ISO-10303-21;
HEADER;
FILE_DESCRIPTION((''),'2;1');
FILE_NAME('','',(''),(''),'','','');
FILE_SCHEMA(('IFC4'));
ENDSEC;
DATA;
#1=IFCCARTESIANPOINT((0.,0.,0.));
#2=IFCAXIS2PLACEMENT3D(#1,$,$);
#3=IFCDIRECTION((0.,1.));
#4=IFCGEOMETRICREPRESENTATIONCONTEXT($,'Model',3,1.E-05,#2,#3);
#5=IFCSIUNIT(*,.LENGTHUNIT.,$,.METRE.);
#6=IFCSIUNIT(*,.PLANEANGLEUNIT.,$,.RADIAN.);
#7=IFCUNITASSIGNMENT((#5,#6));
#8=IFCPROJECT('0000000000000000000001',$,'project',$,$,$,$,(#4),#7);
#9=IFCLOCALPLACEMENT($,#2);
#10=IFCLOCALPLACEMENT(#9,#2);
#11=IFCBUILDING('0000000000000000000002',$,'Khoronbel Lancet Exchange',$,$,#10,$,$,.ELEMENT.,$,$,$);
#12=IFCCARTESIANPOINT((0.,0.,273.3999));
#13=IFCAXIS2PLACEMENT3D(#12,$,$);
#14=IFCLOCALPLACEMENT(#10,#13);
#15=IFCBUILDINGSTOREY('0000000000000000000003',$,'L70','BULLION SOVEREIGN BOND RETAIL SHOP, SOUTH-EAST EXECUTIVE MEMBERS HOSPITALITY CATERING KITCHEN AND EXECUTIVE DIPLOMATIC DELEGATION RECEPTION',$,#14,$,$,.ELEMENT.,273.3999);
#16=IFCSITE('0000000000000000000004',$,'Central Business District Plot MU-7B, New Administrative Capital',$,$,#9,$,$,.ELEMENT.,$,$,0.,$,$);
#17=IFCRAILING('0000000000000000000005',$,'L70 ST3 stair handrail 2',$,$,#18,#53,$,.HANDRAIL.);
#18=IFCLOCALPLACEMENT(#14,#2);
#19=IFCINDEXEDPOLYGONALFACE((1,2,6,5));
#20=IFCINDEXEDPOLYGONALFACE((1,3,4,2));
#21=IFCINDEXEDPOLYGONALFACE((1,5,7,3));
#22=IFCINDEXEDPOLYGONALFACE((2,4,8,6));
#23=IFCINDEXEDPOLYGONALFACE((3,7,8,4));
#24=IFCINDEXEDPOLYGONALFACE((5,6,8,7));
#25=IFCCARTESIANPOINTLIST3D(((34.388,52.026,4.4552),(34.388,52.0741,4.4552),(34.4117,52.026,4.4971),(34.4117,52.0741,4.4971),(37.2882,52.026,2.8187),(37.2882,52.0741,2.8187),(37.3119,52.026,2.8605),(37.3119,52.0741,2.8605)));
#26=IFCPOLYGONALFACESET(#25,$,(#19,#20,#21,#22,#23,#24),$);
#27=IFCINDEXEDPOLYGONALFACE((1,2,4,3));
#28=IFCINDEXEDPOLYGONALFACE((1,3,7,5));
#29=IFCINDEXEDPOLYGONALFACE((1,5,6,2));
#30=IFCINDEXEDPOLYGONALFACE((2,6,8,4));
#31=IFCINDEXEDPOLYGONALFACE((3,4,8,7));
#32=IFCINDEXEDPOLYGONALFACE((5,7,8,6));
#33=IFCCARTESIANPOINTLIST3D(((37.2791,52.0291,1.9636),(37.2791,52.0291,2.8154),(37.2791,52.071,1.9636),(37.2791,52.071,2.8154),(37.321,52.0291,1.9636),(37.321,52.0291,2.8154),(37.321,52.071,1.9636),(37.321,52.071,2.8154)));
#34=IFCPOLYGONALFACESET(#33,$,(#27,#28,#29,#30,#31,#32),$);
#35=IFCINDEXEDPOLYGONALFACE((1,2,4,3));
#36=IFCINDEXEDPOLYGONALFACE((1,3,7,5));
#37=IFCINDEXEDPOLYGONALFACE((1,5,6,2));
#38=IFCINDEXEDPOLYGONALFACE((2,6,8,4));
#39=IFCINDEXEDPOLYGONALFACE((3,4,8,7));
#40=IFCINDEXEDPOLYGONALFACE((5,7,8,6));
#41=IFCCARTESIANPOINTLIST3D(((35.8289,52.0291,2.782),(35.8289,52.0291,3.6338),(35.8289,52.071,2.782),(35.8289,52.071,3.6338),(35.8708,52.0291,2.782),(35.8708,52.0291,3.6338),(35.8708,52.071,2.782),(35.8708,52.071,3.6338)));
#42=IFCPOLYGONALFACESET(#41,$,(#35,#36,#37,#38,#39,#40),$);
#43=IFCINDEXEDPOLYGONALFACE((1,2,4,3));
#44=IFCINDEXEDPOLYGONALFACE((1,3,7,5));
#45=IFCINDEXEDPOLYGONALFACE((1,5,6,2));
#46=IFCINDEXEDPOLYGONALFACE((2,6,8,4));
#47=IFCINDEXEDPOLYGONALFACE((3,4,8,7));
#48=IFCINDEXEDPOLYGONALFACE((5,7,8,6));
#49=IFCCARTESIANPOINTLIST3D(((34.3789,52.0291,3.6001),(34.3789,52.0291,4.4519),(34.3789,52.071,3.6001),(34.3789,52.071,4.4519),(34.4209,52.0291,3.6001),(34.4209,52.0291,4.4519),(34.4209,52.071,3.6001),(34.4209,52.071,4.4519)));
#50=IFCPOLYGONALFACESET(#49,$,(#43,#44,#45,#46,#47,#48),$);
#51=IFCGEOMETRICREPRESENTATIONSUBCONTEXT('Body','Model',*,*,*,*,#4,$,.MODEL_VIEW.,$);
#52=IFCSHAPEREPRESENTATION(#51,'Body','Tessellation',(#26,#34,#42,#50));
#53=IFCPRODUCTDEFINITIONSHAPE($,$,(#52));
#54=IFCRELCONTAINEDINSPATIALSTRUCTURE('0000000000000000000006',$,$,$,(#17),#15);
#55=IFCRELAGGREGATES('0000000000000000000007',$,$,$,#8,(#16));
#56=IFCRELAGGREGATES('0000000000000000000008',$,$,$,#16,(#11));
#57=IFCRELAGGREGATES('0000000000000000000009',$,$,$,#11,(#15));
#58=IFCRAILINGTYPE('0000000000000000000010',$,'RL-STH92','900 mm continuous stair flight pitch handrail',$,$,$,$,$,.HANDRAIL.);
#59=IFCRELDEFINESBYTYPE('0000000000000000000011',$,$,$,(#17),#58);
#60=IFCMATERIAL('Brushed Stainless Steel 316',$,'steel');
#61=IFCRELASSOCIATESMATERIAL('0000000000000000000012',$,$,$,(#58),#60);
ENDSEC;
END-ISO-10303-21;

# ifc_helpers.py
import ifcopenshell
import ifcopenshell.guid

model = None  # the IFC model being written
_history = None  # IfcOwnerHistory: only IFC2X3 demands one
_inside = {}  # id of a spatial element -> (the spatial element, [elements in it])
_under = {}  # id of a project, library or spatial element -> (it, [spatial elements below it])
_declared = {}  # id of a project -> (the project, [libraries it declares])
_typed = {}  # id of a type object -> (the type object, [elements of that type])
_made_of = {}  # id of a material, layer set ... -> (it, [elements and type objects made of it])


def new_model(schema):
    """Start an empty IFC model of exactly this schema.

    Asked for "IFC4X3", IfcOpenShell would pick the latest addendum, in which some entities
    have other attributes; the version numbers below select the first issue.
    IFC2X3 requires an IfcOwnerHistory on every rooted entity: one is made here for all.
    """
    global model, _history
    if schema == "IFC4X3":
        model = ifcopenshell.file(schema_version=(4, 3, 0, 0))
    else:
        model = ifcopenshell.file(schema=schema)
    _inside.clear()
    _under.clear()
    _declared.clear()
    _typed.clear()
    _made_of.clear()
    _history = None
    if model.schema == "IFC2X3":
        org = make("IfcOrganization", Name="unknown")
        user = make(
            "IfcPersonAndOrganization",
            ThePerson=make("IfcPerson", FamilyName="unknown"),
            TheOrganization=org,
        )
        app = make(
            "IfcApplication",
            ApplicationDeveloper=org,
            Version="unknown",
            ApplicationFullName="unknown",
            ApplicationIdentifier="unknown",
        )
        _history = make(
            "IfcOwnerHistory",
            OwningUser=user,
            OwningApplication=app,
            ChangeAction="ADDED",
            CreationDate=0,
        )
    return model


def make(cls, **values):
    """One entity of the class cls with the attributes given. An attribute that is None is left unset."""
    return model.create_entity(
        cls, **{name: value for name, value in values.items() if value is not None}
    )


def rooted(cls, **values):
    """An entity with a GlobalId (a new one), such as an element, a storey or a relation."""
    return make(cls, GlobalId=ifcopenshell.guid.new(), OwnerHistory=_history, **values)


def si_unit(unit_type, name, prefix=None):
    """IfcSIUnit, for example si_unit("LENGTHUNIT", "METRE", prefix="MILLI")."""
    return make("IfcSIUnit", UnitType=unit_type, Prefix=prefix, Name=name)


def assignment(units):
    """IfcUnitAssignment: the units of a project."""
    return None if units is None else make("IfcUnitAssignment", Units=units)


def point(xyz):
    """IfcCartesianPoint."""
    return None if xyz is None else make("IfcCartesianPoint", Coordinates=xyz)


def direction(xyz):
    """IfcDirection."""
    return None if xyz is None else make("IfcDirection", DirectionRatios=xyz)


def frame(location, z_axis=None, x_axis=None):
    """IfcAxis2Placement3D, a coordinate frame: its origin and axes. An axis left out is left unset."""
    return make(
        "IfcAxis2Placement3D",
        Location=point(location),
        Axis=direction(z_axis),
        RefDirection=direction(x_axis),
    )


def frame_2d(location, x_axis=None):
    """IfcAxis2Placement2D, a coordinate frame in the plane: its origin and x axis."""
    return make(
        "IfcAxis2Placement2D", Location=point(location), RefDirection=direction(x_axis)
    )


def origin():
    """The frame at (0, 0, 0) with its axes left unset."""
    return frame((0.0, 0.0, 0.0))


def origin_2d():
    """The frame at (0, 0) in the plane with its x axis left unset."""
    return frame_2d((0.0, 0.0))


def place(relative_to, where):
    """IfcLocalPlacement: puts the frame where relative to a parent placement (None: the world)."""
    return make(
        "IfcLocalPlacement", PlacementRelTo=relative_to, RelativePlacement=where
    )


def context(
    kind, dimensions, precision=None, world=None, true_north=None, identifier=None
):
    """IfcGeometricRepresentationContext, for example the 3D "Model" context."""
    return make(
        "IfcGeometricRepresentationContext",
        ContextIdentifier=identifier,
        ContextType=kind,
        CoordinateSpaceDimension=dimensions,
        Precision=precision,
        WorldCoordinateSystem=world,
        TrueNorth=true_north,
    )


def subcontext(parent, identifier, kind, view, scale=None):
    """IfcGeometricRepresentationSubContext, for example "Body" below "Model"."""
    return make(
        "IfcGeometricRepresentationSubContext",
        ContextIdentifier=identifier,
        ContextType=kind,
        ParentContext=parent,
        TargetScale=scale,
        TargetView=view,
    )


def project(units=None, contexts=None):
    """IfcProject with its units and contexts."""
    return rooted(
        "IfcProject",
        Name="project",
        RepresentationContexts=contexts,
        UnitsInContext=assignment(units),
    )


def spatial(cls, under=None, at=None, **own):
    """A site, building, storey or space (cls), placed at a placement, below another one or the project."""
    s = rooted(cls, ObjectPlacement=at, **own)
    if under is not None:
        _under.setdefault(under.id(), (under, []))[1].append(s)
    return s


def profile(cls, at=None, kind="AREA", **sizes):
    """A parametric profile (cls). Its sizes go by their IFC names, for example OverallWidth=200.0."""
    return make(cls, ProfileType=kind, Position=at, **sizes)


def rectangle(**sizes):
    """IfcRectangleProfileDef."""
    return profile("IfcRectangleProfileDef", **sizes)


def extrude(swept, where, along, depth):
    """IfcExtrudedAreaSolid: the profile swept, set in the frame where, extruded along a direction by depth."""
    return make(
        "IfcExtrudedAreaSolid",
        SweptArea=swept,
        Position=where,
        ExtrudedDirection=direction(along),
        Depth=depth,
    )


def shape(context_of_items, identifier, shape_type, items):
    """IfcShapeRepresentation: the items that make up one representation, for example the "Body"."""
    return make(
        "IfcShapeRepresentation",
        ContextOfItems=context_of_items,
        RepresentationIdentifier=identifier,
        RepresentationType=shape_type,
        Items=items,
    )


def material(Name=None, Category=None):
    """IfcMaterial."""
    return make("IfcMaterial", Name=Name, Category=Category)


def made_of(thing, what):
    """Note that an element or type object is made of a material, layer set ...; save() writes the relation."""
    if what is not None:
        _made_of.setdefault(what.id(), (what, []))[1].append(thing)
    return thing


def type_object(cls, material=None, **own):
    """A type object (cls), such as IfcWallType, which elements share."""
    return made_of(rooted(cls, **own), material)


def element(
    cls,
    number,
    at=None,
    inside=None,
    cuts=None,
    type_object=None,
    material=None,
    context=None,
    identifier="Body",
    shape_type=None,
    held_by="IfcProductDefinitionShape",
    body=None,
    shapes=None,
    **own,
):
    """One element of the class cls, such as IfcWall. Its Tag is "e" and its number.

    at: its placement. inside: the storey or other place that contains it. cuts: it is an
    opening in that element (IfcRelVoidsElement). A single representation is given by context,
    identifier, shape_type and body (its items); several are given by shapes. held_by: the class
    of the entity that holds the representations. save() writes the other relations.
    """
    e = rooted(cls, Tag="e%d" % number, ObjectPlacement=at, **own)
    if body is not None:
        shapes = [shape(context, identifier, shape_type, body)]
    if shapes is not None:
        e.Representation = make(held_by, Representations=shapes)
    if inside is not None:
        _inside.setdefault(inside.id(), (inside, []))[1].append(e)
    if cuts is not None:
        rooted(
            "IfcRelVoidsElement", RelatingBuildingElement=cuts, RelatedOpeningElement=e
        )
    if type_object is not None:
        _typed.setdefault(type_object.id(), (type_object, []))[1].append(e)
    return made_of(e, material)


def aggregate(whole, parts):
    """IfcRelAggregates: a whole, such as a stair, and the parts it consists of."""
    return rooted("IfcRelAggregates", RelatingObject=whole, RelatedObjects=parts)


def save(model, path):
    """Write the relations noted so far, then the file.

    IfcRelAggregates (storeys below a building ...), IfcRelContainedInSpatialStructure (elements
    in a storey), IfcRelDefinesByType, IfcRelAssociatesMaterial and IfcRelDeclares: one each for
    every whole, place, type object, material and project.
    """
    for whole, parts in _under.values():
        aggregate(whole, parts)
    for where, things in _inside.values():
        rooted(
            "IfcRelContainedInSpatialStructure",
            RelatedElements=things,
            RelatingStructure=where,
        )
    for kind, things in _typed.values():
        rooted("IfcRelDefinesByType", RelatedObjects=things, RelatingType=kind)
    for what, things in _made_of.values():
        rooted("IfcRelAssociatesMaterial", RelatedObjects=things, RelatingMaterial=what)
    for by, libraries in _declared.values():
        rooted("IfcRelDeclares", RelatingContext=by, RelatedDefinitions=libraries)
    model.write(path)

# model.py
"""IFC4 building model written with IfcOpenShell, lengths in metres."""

from ifc_helpers import new_model, si_unit, direction, frame, origin, origin_2d, place, context, subcontext, project, spatial, rectangle, extrude, material, type_object, element, save


model = new_model("IFC4")

# Units and contexts
model_context = context("Model", 3, precision=1e-05, world=origin(), true_north=direction((0.0, 1.0)))
body_context = subcontext(model_context, "Body", "Model", "MODEL_VIEW")
ifc_project = project(units=[si_unit("LENGTHUNIT", "METRE"), si_unit("PLANEANGLEUNIT", "RADIAN")], contexts=[model_context])

# Site, building, storey
site_placement = place(None, origin())
site = spatial("IfcSite", under=ifc_project, at=site_placement, Name="Central Business District Plot MU-7B, New Administrative Capital", CompositionType="ELEMENT", RefElevation=0.0)
building_placement = place(site_placement, origin())
building = spatial("IfcBuilding", under=site, at=building_placement, Name="Khoronbel Lancet Exchange", CompositionType="ELEMENT")
storey_placement = place(building_placement, frame((0.0, 0.0, 273.3999)))
storey = spatial("IfcBuildingStorey", under=building, at=storey_placement, Name="L70", Description="BULLION SOVEREIGN BOND RETAIL SHOP, SOUTH-EAST EXECUTIVE MEMBERS HOSPITALITY CATERING KITCHEN AND EXECUTIVE DIPLOMATIC DELEGATION RECEPTION", CompositionType="ELEMENT", Elevation=273.3999)

# Railing
ifc_material_1 = material(Name="Brushed Stainless Steel 316", Category="steel")
railing_type_1 = type_object("IfcRailingType", Name="RL-STH92", Description="900 mm continuous stair flight pitch handrail", PredefinedType="HANDRAIL", material=ifc_material_1)
railing_1_placement = place(storey_placement, frame((37.3, 52.05, 1.9636)))
element("IfcRailing", 1, at=railing_1_placement, inside=storey, type_object=railing_type_1, Name="L70 ST3 stair handrail 2", PredefinedType="HANDRAIL", context=body_context, shape_type="SweptSolid", body=[
    extrude(rectangle(XDim=0.0481, YDim=0.0481, at=origin_2d()), frame((0.0, 0.0, 0.876), z_axis=(-0.870915, 0.0, 0.491434), x_axis=(0.0, -1.0, 0.0)), (0.0, 0.0, 1.0), 3.3301),
    extrude(rectangle(XDim=0.042, YDim=0.042, at=origin_2d()), origin(), (0.0, 0.0, 1.0), 0.8518),
    extrude(rectangle(XDim=0.042, YDim=0.042, at=origin_2d()), frame((-1.4502, 0.0, 0.8184)), (0.0, 0.0, 1.0), 0.8518),
    extrude(rectangle(XDim=0.042, YDim=0.042, at=origin_2d()), frame((-2.9001, 0.0, 1.6365)), (0.0, 0.0, 1.0), 0.8518),
])

save(model, "model.ifc")
